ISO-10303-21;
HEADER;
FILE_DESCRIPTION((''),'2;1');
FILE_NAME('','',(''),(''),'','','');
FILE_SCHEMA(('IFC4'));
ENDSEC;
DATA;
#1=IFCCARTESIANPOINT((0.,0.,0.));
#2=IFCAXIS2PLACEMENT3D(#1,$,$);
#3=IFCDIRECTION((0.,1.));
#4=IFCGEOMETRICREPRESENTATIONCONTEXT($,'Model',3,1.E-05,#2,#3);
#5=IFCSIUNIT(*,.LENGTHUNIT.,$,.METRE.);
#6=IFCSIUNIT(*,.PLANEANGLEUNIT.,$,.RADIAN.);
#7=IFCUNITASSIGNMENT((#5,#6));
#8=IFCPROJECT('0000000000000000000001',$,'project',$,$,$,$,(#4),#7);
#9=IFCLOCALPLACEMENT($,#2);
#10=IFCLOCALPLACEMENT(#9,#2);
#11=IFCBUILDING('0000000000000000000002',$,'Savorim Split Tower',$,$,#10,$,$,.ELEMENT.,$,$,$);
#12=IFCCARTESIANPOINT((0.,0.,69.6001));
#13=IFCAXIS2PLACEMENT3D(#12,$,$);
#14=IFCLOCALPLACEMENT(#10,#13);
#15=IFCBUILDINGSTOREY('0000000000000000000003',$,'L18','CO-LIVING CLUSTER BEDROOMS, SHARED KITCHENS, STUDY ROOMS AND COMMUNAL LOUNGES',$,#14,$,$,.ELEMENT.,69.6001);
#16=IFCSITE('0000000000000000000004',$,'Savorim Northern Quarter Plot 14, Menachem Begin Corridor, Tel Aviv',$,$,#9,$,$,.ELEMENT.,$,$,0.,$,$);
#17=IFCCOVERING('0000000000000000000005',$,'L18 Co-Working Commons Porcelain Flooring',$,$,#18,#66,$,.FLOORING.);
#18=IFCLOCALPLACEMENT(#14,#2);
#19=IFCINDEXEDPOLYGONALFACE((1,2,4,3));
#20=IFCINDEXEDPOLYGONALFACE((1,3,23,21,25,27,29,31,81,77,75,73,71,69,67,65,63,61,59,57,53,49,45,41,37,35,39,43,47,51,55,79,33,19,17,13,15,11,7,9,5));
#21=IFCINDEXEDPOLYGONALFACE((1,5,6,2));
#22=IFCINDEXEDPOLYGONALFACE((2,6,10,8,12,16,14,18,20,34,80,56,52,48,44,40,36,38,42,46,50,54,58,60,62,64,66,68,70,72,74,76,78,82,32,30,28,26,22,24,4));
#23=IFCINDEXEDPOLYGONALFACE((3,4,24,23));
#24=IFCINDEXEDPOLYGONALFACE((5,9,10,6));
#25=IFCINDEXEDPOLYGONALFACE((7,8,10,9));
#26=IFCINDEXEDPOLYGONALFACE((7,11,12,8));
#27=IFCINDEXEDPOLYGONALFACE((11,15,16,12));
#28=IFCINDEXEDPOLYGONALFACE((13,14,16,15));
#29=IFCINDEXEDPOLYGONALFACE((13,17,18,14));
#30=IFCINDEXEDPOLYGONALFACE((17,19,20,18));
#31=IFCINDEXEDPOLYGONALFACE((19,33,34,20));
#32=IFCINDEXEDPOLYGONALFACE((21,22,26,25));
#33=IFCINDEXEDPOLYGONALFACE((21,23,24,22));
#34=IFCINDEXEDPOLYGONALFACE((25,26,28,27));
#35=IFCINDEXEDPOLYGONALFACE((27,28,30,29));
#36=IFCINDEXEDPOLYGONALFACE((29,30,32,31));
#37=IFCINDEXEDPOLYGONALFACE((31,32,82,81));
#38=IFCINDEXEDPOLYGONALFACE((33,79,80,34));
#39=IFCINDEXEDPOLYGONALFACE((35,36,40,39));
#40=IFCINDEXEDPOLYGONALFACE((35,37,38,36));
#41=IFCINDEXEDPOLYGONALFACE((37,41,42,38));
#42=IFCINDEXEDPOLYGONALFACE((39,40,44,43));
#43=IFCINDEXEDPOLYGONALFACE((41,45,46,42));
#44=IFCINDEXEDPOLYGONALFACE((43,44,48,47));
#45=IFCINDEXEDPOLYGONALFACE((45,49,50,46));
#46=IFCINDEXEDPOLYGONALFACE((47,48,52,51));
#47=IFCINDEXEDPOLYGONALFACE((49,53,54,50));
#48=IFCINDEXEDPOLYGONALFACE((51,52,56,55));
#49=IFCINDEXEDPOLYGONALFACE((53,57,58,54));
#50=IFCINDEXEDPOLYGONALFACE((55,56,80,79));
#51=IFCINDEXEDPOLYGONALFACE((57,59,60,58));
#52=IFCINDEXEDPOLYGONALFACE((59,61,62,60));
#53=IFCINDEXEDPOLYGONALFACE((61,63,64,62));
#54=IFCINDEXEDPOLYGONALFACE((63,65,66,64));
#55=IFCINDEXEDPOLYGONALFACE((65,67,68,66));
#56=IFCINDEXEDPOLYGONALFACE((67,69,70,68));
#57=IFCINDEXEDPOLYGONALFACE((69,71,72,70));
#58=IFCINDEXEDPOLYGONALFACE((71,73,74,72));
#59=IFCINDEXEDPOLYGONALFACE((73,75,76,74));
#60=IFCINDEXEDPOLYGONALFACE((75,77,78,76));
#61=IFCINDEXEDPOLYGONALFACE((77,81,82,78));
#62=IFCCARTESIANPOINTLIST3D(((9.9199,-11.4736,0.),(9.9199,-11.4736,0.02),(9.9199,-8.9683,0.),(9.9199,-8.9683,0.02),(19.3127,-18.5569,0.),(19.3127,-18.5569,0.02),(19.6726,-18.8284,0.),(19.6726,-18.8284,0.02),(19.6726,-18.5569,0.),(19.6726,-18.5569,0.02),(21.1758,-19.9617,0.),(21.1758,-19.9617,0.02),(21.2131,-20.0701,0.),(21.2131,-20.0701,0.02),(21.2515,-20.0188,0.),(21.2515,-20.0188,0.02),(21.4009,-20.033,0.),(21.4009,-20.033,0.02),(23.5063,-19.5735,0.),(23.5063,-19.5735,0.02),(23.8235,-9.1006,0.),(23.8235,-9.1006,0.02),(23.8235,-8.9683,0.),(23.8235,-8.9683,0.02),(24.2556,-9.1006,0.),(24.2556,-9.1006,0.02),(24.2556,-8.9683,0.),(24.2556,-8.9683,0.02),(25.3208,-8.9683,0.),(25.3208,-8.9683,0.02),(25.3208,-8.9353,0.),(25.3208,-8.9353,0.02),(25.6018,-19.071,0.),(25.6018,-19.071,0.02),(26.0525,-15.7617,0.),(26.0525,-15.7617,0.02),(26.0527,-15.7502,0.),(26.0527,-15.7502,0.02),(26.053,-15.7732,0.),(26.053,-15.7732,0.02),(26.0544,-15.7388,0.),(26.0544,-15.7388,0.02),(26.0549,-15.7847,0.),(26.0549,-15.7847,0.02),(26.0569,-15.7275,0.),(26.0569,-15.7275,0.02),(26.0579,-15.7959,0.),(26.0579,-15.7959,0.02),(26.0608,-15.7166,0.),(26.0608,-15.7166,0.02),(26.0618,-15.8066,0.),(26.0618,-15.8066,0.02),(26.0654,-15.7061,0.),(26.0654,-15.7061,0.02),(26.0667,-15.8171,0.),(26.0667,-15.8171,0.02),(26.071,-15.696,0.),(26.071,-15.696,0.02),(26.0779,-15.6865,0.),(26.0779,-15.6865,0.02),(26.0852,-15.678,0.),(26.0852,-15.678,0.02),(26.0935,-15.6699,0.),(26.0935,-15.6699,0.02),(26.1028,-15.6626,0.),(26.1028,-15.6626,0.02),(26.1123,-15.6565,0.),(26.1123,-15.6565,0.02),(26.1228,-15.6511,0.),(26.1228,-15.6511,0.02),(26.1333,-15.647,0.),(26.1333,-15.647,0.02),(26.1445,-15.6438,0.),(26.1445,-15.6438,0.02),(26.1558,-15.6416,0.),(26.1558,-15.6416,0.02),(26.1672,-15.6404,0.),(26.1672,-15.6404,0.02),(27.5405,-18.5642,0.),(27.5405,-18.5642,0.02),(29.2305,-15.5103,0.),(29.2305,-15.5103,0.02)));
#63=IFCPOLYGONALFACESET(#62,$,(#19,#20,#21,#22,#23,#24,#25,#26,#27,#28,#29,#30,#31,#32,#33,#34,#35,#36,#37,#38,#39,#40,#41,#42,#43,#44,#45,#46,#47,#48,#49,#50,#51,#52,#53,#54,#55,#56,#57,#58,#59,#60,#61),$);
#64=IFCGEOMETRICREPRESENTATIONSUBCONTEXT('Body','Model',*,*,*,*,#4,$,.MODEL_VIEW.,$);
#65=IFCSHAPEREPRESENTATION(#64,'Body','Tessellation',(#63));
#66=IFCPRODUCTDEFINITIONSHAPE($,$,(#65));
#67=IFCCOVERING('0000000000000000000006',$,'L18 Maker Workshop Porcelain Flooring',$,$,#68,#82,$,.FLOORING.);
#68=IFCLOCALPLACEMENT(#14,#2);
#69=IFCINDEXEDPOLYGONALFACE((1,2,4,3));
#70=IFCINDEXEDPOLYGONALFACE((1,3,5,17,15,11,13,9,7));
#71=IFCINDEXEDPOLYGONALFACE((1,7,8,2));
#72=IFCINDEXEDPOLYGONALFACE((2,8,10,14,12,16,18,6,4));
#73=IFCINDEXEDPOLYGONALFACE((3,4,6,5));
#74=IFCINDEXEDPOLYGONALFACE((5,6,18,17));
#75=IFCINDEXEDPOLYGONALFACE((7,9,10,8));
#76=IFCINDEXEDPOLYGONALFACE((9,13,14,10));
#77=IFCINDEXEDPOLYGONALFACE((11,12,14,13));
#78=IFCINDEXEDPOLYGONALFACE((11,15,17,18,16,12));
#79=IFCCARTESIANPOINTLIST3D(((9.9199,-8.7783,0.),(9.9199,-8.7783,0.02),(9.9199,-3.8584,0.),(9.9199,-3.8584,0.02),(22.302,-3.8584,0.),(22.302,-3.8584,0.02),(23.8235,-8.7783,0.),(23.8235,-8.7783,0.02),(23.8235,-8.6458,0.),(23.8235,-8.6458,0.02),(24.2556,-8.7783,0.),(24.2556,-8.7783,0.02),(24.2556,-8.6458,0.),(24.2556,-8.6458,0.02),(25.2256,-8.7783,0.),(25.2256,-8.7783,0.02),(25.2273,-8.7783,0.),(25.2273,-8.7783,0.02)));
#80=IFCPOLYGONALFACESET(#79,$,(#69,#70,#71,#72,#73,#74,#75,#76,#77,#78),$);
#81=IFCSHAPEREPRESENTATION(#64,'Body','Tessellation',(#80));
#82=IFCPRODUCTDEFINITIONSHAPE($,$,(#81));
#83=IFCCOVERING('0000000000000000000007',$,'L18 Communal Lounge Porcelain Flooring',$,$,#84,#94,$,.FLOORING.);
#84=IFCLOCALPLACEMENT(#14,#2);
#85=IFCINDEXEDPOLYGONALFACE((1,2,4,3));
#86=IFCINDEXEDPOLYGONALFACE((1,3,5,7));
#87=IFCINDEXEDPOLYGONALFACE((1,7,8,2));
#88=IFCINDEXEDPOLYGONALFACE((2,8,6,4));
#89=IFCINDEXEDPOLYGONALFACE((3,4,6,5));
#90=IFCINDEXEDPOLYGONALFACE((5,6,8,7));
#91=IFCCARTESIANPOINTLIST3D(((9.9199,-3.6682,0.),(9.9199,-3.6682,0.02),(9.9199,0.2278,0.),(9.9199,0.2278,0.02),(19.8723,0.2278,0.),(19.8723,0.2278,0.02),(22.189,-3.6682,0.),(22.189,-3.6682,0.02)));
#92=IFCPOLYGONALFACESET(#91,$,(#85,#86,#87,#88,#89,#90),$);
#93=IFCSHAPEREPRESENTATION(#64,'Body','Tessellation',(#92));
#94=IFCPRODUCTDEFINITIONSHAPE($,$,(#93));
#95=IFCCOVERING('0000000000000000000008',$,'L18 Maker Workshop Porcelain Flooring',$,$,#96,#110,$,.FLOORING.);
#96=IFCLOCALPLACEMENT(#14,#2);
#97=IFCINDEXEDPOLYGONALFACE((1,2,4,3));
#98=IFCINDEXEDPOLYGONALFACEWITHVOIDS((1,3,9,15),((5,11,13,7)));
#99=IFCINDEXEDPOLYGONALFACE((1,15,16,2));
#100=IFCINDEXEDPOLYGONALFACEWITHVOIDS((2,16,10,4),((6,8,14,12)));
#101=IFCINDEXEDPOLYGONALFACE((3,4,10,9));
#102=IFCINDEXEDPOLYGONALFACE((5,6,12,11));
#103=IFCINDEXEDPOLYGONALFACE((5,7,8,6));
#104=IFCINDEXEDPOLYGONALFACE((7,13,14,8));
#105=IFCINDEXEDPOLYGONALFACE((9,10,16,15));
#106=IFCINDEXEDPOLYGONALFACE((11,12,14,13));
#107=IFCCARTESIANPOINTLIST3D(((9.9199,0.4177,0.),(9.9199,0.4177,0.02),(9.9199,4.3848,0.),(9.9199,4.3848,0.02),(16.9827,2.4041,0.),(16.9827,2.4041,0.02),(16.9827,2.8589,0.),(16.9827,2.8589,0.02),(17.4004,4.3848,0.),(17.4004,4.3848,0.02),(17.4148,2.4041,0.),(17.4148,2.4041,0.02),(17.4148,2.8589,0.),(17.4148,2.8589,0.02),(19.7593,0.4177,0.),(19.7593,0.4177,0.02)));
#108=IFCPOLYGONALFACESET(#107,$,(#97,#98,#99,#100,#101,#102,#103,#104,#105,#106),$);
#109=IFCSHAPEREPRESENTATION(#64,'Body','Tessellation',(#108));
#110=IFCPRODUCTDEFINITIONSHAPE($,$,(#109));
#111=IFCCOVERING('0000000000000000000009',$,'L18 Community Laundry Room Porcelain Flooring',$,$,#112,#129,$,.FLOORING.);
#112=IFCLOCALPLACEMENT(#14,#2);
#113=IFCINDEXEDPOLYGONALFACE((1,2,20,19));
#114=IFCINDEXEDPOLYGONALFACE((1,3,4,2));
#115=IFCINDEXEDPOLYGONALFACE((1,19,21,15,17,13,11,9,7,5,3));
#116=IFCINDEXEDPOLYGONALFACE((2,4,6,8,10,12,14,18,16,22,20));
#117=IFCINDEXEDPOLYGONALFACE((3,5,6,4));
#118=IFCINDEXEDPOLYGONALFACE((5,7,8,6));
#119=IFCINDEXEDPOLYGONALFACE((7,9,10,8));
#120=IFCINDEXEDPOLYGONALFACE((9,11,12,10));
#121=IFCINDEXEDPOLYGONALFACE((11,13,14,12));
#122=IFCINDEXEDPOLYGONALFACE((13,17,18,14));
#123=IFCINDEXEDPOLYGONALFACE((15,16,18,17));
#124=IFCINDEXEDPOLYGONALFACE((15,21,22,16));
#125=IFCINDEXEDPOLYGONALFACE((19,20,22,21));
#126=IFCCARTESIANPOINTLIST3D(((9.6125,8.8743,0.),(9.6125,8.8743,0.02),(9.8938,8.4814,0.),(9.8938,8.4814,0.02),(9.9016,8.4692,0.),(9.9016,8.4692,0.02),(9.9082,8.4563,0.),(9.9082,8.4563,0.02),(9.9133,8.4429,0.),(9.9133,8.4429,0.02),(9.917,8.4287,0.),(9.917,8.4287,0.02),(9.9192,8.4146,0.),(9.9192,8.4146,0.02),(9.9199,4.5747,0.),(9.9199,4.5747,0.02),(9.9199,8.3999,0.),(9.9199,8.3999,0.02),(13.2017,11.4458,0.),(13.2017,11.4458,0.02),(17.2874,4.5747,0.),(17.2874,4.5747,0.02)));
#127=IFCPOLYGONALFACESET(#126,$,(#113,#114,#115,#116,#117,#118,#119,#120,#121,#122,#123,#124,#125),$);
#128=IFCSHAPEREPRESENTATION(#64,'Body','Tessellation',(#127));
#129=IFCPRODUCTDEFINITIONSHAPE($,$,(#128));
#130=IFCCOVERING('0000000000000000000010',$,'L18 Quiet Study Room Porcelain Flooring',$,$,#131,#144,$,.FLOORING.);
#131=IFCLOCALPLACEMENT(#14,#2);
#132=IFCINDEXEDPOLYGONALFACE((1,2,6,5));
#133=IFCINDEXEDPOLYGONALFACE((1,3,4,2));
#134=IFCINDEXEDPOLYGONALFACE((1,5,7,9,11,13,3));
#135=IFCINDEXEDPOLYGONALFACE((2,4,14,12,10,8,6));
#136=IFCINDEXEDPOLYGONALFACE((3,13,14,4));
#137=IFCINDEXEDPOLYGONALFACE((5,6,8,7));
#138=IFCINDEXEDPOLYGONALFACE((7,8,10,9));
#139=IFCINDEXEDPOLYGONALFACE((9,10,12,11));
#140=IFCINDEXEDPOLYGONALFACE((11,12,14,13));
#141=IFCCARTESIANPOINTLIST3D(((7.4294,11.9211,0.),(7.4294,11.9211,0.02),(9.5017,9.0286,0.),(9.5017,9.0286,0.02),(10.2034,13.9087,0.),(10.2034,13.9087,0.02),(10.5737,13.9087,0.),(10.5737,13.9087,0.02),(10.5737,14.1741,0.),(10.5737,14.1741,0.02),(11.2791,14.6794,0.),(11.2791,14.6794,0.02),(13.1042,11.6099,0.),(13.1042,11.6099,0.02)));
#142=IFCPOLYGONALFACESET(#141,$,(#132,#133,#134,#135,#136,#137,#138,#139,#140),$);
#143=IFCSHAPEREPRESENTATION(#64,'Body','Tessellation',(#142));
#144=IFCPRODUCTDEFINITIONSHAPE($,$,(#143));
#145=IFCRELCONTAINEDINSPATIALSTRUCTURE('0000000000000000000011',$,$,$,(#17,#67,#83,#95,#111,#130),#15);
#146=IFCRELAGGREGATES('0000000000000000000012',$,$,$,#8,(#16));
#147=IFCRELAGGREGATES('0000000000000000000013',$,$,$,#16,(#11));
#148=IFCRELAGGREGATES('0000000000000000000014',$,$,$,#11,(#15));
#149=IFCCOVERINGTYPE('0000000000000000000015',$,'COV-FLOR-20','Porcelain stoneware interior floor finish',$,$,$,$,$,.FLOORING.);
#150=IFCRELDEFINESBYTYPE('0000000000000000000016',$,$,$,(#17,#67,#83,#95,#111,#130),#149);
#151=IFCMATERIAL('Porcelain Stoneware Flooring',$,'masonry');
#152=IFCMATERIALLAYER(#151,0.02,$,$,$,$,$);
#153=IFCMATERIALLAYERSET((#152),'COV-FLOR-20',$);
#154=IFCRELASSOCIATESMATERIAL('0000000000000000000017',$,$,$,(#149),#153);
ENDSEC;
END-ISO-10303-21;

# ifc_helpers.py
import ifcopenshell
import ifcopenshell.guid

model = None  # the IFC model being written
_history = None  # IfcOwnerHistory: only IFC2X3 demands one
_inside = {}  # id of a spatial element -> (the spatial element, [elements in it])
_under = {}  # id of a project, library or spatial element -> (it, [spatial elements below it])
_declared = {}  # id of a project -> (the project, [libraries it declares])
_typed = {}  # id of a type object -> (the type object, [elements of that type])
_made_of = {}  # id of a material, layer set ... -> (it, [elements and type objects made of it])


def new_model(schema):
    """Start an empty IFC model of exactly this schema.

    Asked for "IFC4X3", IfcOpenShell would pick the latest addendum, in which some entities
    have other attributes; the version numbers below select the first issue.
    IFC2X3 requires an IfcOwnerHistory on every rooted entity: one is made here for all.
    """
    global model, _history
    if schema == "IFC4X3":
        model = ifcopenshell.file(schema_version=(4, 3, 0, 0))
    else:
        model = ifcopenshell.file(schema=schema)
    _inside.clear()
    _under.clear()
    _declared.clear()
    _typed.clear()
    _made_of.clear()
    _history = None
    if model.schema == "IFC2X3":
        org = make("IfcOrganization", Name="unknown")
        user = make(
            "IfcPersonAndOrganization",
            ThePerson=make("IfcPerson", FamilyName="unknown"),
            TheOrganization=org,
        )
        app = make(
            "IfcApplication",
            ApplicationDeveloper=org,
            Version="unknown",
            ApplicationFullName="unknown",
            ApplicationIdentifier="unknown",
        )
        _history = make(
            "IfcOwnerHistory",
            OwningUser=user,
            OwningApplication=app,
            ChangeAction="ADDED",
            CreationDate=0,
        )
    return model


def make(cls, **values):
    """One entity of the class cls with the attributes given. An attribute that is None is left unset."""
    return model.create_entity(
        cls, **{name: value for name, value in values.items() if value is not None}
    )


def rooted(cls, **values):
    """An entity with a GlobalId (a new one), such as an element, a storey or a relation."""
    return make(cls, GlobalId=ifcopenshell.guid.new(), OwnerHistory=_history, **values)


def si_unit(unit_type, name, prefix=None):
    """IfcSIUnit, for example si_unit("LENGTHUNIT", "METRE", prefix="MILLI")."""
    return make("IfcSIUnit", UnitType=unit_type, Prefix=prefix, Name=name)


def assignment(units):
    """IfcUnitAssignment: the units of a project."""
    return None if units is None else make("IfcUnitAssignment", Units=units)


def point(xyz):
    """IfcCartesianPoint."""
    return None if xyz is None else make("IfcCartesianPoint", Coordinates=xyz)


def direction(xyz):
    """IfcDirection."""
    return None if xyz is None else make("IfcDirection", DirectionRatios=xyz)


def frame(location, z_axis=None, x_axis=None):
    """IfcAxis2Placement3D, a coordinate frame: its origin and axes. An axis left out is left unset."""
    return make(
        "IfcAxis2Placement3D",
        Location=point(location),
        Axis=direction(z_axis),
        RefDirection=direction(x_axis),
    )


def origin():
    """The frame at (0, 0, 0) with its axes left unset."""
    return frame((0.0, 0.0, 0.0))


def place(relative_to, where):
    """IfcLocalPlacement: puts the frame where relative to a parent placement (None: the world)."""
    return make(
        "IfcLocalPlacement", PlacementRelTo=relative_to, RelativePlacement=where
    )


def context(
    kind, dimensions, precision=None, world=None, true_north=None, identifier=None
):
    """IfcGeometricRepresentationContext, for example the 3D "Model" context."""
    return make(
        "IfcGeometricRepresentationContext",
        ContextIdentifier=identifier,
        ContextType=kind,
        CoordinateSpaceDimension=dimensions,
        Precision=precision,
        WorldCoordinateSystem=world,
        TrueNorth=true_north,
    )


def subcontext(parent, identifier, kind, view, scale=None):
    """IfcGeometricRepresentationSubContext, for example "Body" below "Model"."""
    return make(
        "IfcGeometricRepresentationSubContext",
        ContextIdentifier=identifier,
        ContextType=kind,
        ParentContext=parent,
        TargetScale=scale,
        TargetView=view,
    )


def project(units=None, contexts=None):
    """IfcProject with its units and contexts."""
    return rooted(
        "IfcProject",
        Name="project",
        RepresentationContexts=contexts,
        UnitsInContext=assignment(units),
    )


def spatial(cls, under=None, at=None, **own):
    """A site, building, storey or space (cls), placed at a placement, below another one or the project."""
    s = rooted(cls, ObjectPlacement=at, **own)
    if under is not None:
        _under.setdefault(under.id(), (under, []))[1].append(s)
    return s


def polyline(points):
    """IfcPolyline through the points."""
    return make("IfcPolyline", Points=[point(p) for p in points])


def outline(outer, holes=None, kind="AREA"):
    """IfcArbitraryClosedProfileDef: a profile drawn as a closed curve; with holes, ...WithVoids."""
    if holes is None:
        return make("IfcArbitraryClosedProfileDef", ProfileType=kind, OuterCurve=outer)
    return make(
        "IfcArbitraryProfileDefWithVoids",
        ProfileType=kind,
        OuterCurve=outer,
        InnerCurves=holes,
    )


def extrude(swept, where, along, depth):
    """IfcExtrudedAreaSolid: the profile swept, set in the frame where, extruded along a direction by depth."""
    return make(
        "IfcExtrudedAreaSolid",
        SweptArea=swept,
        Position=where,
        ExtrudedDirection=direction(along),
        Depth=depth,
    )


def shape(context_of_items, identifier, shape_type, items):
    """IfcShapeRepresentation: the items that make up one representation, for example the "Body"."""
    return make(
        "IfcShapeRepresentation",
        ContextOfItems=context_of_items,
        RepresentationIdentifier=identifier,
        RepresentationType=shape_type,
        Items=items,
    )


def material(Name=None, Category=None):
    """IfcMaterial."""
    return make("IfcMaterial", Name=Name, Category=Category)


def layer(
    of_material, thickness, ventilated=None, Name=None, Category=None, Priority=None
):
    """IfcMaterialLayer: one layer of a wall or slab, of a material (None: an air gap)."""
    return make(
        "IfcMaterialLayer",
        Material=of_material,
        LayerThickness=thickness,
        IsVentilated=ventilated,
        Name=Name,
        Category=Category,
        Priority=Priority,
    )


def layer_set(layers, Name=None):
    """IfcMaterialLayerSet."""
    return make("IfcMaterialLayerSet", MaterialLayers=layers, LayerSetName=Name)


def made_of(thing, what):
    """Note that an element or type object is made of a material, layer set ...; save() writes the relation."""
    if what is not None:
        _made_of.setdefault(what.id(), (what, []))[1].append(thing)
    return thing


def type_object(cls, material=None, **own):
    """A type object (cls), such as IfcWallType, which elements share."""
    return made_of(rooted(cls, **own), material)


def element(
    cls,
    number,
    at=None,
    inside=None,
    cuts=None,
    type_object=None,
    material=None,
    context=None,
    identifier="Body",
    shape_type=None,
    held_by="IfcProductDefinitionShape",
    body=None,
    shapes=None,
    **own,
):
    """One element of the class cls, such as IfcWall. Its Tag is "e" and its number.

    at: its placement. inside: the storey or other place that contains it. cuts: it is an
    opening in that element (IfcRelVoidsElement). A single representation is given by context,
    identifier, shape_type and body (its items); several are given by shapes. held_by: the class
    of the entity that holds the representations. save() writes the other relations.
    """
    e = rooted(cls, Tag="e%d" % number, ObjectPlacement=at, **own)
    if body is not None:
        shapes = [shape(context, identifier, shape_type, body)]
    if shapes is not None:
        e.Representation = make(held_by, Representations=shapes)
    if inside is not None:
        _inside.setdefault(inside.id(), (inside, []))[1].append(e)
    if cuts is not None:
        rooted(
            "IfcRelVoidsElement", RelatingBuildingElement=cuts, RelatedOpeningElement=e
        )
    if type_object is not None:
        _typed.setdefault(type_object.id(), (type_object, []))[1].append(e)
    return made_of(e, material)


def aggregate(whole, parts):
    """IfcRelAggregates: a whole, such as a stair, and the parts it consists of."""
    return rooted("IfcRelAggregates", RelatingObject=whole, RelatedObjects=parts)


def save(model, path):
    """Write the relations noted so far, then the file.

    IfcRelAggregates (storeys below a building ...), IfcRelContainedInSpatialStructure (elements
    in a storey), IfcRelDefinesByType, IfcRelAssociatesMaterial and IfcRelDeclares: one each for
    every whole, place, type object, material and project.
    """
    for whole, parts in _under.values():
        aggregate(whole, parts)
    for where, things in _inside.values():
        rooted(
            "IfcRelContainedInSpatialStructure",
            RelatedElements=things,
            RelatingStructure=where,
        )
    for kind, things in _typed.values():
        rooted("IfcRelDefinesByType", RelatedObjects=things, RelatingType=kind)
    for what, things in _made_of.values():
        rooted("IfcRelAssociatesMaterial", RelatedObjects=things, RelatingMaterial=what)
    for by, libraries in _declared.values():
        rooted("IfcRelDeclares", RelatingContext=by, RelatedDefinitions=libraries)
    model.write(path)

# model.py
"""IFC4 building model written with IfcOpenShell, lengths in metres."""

from ifc_helpers import new_model, si_unit, direction, frame, origin, place, context, subcontext, project, spatial, polyline, outline, extrude, material, layer, layer_set, type_object, element, save


model = new_model("IFC4")

# Units and contexts
model_context = context("Model", 3, precision=1e-05, world=origin(), true_north=direction((0.0, 1.0)))
body_context = subcontext(model_context, "Body", "Model", "MODEL_VIEW")
ifc_project = project(units=[si_unit("LENGTHUNIT", "METRE"), si_unit("PLANEANGLEUNIT", "RADIAN")], contexts=[model_context])

# Site, building, storey
site_placement = place(None, origin())
site = spatial("IfcSite", under=ifc_project, at=site_placement, Name="Savorim Northern Quarter Plot 14, Menachem Begin Corridor, Tel Aviv", CompositionType="ELEMENT", RefElevation=0.0)
building_placement = place(site_placement, origin())
building = spatial("IfcBuilding", under=site, at=building_placement, Name="Savorim Split Tower", CompositionType="ELEMENT")
storey_placement = place(building_placement, frame((0.0, 0.0, 69.6001)))
storey = spatial("IfcBuildingStorey", under=building, at=storey_placement, Name="L18", Description="CO-LIVING CLUSTER BEDROOMS, SHARED KITCHENS, STUDY ROOMS AND COMMUNAL LOUNGES", CompositionType="ELEMENT", Elevation=69.6001)

# Coverings
ifc_material_1 = material(Name="Porcelain Stoneware Flooring", Category="masonry")
ifc_layer_1 = layer(ifc_material_1, 0.02)
ifc_layer_set_1 = layer_set([ifc_layer_1], Name="COV-FLOR-20")
covering_type_1 = type_object("IfcCoveringType", Name="COV-FLOR-20", Description="Porcelain stoneware interior floor finish", PredefinedType="FLOORING", material=ifc_layer_set_1)
covering_1_placement = place(storey_placement, origin())
element("IfcCovering", 1, at=covering_1_placement, inside=storey, type_object=covering_type_1, Name="L18 Co-Working Commons Porcelain Flooring", PredefinedType="FLOORING", context=body_context, shape_type="SweptSolid", body=[
    extrude(outline(polyline([(26.1445, -15.6438), (26.1558, -15.6416), (26.1672, -15.6404), (29.2305, -15.5103), (25.3208, -8.9353), (25.3208, -8.9683), (24.2556, -8.9683), (24.2556, -9.1006), (23.8235, -9.1006), (23.8235, -8.9683), (9.9199, -8.9683), (9.9199, -11.4736), (19.3127, -18.5569), (19.6726, -18.5569), (19.6726, -18.8284), (21.1758, -19.9617), (21.2515, -20.0188), (21.2131, -20.0701), (21.4009, -20.033), (23.5063, -19.5735), (25.6018, -19.071), (27.5405, -18.5642), (26.0667, -15.8171), (26.0618, -15.8066), (26.0579, -15.7959), (26.0549, -15.7847), (26.053, -15.7732), (26.0525, -15.7617), (26.0527, -15.7502), (26.0544, -15.7388), (26.0569, -15.7275), (26.0608, -15.7166), (26.0654, -15.7061), (26.071, -15.696), (26.0779, -15.6865), (26.0852, -15.678), (26.0935, -15.6699), (26.1028, -15.6626), (26.1123, -15.6565), (26.1228, -15.6511), (26.1333, -15.647), (26.1445, -15.6438)])), origin(), (0.0, 0.0, 1.0), 0.02),
])
covering_2_placement = place(storey_placement, origin())
element("IfcCovering", 2, at=covering_2_placement, inside=storey, type_object=covering_type_1, Name="L18 Maker Workshop Porcelain Flooring", PredefinedType="FLOORING", context=body_context, shape_type="SweptSolid", body=[
    extrude(outline(polyline([(24.2556, -8.6458), (24.2556, -8.7783), (25.2256, -8.7783), (25.2273, -8.7783), (22.302, -3.8584), (9.9199, -3.8584), (9.9199, -8.7783), (23.8235, -8.7783), (23.8235, -8.6458), (24.2556, -8.6458)])), origin(), (0.0, 0.0, 1.0), 0.02),
])
covering_3_placement = place(storey_placement, origin())
element("IfcCovering", 3, at=covering_3_placement, inside=storey, type_object=covering_type_1, Name="L18 Communal Lounge Porcelain Flooring", PredefinedType="FLOORING", context=body_context, shape_type="SweptSolid", body=[
    extrude(outline(polyline([(22.189, -3.6682), (19.8723, 0.2278), (9.9199, 0.2278), (9.9199, -3.6682), (22.189, -3.6682)])), origin(), (0.0, 0.0, 1.0), 0.02),
])
covering_4_placement = place(storey_placement, origin())
element("IfcCovering", 4, at=covering_4_placement, inside=storey, type_object=covering_type_1, Name="L18 Maker Workshop Porcelain Flooring", PredefinedType="FLOORING", context=body_context, shape_type="SweptSolid", body=[
    extrude(outline(polyline([(19.7593, 0.4177), (17.4004, 4.3848), (9.9199, 4.3848), (9.9199, 0.4177), (19.7593, 0.4177)]), holes=[polyline([(17.4148, 2.4041), (17.4148, 2.8589), (16.9827, 2.8589), (16.9827, 2.4041), (17.4148, 2.4041)])]), origin(), (0.0, 0.0, 1.0), 0.02),
])
covering_5_placement = place(storey_placement, origin())
element("IfcCovering", 5, at=covering_5_placement, inside=storey, type_object=covering_type_1, Name="L18 Community Laundry Room Porcelain Flooring", PredefinedType="FLOORING", context=body_context, shape_type="SweptSolid", body=[
    extrude(outline(polyline([(9.917, 8.4287), (9.9192, 8.4146), (9.9199, 8.3999), (9.9199, 4.5747), (17.2874, 4.5747), (13.2017, 11.4458), (9.6125, 8.8743), (9.8938, 8.4814), (9.9016, 8.4692), (9.9082, 8.4563), (9.9133, 8.4429), (9.917, 8.4287)])), origin(), (0.0, 0.0, 1.0), 0.02),
])
covering_6_placement = place(storey_placement, origin())
element("IfcCovering", 6, at=covering_6_placement, inside=storey, type_object=covering_type_1, Name="L18 Quiet Study Room Porcelain Flooring", PredefinedType="FLOORING", context=body_context, shape_type="SweptSolid", body=[
    extrude(outline(polyline([(10.5737, 13.9087), (10.2034, 13.9087), (7.4294, 11.9211), (9.5017, 9.0286), (13.1042, 11.6099), (11.2791, 14.6794), (10.5737, 14.1741), (10.5737, 13.9087)])), origin(), (0.0, 0.0, 1.0), 0.02),
])

save(model, "model.ifc")
